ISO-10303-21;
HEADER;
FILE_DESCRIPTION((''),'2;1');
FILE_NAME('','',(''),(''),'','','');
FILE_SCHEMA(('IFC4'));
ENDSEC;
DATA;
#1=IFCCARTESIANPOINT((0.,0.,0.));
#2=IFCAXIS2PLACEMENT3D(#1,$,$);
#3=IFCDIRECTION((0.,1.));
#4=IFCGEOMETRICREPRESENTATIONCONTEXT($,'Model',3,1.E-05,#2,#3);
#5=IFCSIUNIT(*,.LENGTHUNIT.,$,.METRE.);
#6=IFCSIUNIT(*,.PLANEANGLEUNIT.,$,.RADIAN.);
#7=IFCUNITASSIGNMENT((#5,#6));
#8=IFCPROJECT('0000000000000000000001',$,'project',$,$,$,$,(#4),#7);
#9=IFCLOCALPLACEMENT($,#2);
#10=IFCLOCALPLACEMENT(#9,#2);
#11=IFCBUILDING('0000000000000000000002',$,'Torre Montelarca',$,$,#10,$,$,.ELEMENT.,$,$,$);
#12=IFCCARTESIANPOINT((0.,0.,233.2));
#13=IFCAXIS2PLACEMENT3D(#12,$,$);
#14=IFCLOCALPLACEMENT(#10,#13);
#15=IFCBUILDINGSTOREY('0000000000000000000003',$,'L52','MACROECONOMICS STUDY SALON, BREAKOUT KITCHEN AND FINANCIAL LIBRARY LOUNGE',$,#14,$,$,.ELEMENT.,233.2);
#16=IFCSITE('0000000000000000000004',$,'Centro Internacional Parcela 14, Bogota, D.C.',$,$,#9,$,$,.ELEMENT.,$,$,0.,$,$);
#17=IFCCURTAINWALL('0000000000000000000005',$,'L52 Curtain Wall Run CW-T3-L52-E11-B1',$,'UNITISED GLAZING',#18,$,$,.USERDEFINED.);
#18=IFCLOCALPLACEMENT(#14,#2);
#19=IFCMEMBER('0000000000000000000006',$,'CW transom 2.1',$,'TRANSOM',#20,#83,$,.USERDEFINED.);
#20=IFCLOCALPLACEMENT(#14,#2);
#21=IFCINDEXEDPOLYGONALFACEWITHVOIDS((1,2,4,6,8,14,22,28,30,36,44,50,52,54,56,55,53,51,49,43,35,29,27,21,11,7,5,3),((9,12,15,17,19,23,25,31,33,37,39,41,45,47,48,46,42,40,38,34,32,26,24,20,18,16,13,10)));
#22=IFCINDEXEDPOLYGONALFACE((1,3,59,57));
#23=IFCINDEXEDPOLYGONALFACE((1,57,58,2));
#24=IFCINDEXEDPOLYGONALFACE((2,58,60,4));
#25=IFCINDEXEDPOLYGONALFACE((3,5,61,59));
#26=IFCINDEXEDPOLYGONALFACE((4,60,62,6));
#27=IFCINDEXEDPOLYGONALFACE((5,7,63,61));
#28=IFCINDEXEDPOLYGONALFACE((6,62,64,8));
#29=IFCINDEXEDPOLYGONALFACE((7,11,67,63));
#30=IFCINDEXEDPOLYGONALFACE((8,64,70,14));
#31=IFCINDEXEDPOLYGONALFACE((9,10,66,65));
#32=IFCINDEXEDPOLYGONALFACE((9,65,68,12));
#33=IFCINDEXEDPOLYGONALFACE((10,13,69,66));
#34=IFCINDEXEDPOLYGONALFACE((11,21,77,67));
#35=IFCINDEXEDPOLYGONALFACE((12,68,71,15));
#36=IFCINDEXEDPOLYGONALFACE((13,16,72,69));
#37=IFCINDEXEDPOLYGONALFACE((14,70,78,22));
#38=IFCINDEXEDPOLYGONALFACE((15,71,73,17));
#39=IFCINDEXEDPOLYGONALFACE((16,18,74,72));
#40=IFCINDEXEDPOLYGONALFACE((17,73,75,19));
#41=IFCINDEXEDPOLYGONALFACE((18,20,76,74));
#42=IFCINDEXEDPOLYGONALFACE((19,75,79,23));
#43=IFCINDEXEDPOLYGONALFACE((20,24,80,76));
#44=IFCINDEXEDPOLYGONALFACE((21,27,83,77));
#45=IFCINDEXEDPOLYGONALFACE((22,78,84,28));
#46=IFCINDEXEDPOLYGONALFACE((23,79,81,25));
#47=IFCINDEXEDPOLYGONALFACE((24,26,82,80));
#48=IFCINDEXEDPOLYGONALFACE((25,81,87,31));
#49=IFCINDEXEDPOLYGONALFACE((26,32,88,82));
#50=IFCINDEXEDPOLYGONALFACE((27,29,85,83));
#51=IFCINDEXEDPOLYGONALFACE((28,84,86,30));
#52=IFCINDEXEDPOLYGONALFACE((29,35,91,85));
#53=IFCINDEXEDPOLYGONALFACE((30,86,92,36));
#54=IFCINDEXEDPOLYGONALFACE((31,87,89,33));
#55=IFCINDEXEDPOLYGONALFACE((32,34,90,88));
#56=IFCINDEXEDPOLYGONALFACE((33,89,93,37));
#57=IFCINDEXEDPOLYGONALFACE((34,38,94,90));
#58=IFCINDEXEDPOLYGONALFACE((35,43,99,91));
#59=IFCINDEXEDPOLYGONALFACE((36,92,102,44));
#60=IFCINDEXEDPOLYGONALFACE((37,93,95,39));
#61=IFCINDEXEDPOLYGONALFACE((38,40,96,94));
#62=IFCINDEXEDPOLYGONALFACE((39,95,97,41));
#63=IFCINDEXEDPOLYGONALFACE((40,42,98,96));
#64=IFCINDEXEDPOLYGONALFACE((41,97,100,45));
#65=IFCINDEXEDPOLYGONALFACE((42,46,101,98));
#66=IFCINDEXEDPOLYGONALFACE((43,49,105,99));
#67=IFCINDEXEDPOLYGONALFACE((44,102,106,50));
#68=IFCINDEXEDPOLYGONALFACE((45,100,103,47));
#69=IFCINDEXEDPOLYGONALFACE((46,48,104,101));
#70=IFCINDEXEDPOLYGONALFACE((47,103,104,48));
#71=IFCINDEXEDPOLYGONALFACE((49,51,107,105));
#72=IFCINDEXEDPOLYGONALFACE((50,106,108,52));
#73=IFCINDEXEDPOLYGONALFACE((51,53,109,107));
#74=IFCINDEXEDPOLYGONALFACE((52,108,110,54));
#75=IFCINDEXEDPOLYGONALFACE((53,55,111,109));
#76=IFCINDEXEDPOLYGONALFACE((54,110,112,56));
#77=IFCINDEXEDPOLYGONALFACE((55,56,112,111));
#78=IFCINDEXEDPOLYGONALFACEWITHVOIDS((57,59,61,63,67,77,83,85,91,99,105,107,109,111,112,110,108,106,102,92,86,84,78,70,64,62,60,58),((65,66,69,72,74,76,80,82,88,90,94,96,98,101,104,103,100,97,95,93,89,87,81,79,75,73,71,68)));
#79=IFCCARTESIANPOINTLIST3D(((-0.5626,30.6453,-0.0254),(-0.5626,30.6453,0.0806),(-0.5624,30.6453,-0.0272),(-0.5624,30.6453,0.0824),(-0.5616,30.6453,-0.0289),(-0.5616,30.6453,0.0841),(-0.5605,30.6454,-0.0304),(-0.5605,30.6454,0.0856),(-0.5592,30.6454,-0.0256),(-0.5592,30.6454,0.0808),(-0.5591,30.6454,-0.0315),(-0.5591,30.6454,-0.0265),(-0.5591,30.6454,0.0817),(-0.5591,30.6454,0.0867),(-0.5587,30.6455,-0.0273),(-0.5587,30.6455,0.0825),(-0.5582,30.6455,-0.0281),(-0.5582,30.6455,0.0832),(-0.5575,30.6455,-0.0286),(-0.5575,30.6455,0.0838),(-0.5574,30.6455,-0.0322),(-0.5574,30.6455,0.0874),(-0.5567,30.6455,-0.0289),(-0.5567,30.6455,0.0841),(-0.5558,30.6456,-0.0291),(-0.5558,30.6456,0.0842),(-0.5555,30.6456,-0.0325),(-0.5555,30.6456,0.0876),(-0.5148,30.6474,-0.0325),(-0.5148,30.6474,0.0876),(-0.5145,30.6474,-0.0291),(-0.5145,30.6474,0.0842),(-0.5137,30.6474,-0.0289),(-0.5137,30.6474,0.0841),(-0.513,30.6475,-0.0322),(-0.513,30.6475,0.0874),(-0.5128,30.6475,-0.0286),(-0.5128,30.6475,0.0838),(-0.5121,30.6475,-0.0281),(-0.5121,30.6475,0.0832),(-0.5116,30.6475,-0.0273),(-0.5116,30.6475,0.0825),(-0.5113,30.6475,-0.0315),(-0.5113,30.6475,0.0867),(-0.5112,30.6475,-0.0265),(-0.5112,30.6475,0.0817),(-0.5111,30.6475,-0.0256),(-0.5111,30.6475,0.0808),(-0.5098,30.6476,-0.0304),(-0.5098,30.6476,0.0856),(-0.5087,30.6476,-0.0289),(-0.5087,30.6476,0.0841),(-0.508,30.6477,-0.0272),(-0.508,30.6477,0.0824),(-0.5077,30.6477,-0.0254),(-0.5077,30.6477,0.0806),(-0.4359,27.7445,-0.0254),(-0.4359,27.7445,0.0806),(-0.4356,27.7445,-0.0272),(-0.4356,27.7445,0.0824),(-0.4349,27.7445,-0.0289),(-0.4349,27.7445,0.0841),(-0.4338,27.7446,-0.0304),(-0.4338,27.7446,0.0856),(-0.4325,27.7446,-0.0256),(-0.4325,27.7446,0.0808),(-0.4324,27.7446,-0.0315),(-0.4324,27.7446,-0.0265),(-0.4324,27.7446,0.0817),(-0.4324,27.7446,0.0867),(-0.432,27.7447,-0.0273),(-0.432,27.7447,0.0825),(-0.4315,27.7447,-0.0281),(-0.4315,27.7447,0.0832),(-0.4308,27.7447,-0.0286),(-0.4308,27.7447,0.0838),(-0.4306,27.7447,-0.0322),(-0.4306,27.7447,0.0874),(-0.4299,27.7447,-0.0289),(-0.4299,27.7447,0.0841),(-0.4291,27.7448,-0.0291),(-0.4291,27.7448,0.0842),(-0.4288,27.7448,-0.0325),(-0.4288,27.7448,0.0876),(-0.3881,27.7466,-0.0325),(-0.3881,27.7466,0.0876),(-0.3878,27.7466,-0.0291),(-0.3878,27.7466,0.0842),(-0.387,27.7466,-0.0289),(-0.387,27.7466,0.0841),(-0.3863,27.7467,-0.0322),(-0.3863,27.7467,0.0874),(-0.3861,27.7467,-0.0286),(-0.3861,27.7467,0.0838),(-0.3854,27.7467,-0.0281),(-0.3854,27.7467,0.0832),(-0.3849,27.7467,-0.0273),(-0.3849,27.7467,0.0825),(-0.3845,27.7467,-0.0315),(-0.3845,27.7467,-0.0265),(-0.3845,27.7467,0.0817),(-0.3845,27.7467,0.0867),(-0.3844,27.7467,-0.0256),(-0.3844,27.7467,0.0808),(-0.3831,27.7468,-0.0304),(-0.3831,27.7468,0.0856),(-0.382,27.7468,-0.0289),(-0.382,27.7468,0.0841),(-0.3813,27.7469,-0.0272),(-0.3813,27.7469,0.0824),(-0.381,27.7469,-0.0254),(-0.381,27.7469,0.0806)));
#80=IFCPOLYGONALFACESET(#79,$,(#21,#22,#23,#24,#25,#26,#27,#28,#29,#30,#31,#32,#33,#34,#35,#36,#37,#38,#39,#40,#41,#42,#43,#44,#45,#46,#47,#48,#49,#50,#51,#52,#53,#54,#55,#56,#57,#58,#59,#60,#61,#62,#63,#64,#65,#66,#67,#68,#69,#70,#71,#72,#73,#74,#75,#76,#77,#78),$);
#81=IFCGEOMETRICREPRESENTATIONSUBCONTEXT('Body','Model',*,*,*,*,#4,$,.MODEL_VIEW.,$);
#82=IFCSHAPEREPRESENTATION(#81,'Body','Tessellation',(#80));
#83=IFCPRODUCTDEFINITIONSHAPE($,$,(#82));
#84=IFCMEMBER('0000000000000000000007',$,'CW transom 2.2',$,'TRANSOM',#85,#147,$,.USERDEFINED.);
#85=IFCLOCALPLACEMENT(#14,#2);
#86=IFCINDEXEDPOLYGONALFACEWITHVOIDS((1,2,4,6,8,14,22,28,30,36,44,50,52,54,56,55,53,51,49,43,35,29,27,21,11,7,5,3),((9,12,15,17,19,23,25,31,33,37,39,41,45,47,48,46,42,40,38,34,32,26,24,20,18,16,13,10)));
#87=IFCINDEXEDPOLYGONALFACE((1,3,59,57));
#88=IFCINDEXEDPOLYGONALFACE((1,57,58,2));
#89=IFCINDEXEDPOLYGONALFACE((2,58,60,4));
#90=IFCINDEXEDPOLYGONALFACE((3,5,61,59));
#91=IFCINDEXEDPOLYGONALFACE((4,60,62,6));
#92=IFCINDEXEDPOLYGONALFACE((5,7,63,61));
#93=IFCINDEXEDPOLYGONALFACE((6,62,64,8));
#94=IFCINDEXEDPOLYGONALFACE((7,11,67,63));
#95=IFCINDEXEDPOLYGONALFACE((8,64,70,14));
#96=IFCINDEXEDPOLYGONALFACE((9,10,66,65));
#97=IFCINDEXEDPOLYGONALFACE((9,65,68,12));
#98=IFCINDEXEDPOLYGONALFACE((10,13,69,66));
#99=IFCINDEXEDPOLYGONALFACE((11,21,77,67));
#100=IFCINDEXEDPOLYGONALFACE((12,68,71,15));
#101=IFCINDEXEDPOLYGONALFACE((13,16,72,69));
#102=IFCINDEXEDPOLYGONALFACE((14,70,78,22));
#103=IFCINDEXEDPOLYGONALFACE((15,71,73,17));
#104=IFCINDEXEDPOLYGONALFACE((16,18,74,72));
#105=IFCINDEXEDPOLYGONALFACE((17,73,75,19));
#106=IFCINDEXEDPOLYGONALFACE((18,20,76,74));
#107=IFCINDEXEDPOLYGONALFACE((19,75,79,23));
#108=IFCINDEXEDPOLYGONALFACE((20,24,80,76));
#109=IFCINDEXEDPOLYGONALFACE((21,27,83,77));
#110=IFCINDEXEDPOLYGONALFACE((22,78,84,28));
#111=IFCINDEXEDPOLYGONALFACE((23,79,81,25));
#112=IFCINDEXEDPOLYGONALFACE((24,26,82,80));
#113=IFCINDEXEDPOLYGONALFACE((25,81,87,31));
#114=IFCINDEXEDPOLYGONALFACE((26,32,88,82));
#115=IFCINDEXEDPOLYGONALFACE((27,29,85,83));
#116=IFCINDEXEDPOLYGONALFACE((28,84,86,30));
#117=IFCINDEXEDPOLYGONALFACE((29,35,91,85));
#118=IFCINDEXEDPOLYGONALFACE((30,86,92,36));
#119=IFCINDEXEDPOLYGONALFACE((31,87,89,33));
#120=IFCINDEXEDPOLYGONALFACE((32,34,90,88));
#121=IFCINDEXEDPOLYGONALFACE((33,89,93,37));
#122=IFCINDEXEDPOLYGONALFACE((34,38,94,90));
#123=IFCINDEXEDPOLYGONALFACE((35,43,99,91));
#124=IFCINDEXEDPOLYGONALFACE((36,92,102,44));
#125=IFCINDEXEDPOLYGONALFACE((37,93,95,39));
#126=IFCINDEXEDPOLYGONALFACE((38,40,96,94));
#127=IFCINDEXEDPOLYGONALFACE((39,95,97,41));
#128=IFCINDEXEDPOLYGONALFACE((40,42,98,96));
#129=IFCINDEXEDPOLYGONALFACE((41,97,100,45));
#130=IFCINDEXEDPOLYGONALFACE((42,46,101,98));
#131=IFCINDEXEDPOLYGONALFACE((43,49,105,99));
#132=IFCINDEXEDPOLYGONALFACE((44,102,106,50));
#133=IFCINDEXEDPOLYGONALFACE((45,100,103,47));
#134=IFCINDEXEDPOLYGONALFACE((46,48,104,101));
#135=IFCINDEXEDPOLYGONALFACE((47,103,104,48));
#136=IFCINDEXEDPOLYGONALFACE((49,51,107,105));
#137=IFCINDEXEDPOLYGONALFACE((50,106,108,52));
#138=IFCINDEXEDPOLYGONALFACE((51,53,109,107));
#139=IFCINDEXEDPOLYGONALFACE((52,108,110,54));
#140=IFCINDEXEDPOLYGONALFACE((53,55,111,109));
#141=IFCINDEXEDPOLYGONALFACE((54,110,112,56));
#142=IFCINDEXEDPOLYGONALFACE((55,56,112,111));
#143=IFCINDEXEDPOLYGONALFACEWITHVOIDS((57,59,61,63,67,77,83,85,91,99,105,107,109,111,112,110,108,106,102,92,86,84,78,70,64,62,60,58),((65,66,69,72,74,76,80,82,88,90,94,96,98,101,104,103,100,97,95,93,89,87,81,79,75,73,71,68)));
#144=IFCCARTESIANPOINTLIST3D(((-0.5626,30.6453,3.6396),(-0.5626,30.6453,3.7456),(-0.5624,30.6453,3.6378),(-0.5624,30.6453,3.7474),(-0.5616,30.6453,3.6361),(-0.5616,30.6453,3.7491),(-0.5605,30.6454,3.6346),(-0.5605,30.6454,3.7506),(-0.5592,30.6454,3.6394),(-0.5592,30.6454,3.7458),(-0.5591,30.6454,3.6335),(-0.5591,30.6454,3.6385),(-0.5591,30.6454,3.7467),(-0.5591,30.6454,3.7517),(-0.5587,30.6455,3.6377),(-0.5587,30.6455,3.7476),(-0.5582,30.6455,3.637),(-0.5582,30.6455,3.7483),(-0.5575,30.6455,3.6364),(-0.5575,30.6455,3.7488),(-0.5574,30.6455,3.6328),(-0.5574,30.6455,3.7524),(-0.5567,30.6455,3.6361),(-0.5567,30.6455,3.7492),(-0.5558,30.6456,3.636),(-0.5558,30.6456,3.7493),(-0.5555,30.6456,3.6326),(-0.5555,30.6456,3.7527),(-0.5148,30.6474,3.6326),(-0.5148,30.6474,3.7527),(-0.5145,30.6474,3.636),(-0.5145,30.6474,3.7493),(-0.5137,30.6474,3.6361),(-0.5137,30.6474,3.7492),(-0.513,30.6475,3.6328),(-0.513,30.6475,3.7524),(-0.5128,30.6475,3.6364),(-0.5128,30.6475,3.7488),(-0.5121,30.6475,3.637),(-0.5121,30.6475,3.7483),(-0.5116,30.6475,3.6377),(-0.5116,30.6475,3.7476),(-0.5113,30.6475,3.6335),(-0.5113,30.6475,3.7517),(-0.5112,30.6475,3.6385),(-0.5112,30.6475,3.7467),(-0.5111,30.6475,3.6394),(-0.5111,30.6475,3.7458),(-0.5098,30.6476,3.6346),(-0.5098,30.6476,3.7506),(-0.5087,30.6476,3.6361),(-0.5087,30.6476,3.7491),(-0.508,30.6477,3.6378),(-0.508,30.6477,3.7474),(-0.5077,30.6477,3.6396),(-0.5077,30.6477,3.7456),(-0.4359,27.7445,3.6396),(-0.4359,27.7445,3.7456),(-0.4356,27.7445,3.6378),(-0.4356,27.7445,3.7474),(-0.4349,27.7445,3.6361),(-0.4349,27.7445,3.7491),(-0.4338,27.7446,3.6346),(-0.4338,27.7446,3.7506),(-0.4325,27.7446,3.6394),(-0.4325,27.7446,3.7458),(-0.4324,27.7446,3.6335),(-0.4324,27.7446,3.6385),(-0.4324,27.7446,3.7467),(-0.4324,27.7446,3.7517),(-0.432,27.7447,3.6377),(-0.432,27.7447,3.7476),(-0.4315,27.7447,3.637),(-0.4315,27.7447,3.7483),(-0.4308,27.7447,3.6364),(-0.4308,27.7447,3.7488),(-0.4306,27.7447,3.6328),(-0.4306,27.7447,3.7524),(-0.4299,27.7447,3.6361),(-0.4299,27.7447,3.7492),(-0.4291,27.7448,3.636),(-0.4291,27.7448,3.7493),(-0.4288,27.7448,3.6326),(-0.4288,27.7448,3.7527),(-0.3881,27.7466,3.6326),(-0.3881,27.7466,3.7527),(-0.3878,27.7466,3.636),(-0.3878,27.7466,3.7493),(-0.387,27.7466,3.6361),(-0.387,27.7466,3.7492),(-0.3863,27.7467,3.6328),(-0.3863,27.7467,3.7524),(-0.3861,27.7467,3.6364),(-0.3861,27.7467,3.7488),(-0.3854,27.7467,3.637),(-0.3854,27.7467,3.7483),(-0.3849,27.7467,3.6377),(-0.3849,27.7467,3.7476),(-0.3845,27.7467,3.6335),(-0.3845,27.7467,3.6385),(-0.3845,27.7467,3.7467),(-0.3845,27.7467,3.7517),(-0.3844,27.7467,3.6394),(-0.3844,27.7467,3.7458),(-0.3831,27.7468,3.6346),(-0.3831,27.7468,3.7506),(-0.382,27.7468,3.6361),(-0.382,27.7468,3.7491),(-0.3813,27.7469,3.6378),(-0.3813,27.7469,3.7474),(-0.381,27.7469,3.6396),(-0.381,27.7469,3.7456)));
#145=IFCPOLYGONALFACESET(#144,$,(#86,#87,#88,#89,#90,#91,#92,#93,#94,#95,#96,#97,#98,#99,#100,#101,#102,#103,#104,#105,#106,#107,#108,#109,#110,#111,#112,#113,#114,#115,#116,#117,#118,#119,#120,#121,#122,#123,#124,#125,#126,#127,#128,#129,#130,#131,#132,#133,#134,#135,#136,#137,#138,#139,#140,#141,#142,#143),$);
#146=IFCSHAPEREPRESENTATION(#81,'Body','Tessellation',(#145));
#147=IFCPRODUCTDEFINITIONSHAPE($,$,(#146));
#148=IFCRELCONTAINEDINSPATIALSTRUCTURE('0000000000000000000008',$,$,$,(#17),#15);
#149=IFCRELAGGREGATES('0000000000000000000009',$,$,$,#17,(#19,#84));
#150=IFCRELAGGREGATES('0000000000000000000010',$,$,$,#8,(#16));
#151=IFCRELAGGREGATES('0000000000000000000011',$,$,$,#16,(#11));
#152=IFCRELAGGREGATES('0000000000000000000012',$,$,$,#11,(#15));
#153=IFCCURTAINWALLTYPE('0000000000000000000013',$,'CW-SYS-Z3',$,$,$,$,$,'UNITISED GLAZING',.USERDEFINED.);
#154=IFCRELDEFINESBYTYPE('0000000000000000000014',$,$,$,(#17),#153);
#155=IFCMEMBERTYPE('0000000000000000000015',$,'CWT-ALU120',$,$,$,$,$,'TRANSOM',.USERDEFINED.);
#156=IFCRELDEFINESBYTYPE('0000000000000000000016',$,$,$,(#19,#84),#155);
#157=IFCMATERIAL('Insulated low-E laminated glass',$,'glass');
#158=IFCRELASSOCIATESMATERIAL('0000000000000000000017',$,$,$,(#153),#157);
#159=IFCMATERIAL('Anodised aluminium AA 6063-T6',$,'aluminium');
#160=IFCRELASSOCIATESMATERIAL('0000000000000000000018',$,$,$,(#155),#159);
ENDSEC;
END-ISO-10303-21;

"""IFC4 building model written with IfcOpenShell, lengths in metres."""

from ifc_helpers import new_model, si_unit, direction, frame, origin, origin_2d, place, context, subcontext, project, spatial, hollow_rectangle, extrude, source, transform, mapped, material, material_profile, profile_set, type_object, element, aggregate, save


model = new_model("IFC4")

# Units and contexts
model_context = context("Model", 3, precision=1e-05, world=origin(), true_north=direction((0.0, 1.0)))
body_context = subcontext(model_context, "Body", "Model", "MODEL_VIEW")
ifc_project = project(units=[si_unit("LENGTHUNIT", "METRE"), si_unit("PLANEANGLEUNIT", "RADIAN")], contexts=[model_context])

# Site, building, storey
site_placement = place(None, origin())
site = spatial("IfcSite", under=ifc_project, at=site_placement, Name="Centro Internacional Parcela 14, Bogota, D.C.", CompositionType="ELEMENT", RefElevation=0.0)
building_placement = place(site_placement, origin())
building = spatial("IfcBuilding", under=site, at=building_placement, Name="Torre Montelarca", CompositionType="ELEMENT")
storey_placement = place(building_placement, frame((0.0, 0.0, 233.2)))
storey = spatial("IfcBuildingStorey", under=building, at=storey_placement, Name="L52", Description="MACROECONOMICS STUDY SALON, BREAKOUT KITCHEN AND FINANCIAL LIBRARY LOUNGE", CompositionType="ELEMENT", Elevation=233.2)

# Curtain wall, members
ifc_material_1 = material(Name="Insulated low-E laminated glass", Category="glass")
curtain_wall_type = type_object("IfcCurtainWallType", Name="CW-SYS-Z3", ElementType="UNITISED GLAZING", PredefinedType="USERDEFINED", material=ifc_material_1)
curtain_wall_1_placement = place(storey_placement, origin())
curtain_wall_1 = element("IfcCurtainWall", 1, at=curtain_wall_1_placement, inside=storey, type_object=curtain_wall_type, Name="L52 Curtain Wall Run CW-T3-L52-E11-B1", ObjectType="UNITISED GLAZING", PredefinedType="USERDEFINED")
ifc_material_2 = material(Name="Anodised aluminium AA 6063-T6", Category="aluminium")
ifc_material_profile_1 = material_profile(ifc_material_2, hollow_rectangle(XDim=0.0549, YDim=0.1201, WallThickness=0.0034, InnerFilletRadius=0.0034, OuterFilletRadius=0.0071, at=origin_2d()), Name="ALU55X120X3.5", Category="aluminium")
ifc_profile_set_1 = profile_set([ifc_material_profile_1], Name="Anodised aluminium AA 6063-T6")
member_type_1 = type_object("IfcMemberType", Name="CWT-ALU120", ElementType="TRANSOM", PredefinedType="USERDEFINED", material=ifc_profile_set_1)
shared_shape_1 = source(origin(), body_context, "Body", "SweptSolid", [
    extrude(hollow_rectangle(XDim=0.0549, YDim=0.1201, WallThickness=0.0034, InnerFilletRadius=0.0034, OuterFilletRadius=0.0071, at=origin_2d()), origin(), (0.0, 0.0, 1.0), 2.9036),
])
member_1_placement = place(storey_placement, frame((-0.5352, 30.6465, 0.0276), z_axis=(0.043638, -0.999047, 0.0), x_axis=(0.999047, 0.043638, 0.0)))
member_1 = element("IfcMember", 2, at=member_1_placement, type_object=member_type_1, Name="CW transom 2.1", ObjectType="TRANSOM", PredefinedType="USERDEFINED", context=body_context, shape_type="MappedRepresentation", body=[
    mapped(shared_shape_1, transform((0.0, 0.0, 0.0), scale=1.0)),
])
member_2_placement = place(storey_placement, frame((-0.5352, 30.6465, 3.6926), z_axis=(0.043638, -0.999047, 0.0), x_axis=(0.999047, 0.043638, 0.0)))
member_2 = element("IfcMember", 3, at=member_2_placement, type_object=member_type_1, Name="CW transom 2.2", ObjectType="TRANSOM", PredefinedType="USERDEFINED", context=body_context, shape_type="MappedRepresentation", body=[
    mapped(shared_shape_1, transform((0.0, 0.0, 0.0), scale=1.0)),
])

aggregate(curtain_wall_1, [member_1, member_2])

save(model, "model.ifc")
